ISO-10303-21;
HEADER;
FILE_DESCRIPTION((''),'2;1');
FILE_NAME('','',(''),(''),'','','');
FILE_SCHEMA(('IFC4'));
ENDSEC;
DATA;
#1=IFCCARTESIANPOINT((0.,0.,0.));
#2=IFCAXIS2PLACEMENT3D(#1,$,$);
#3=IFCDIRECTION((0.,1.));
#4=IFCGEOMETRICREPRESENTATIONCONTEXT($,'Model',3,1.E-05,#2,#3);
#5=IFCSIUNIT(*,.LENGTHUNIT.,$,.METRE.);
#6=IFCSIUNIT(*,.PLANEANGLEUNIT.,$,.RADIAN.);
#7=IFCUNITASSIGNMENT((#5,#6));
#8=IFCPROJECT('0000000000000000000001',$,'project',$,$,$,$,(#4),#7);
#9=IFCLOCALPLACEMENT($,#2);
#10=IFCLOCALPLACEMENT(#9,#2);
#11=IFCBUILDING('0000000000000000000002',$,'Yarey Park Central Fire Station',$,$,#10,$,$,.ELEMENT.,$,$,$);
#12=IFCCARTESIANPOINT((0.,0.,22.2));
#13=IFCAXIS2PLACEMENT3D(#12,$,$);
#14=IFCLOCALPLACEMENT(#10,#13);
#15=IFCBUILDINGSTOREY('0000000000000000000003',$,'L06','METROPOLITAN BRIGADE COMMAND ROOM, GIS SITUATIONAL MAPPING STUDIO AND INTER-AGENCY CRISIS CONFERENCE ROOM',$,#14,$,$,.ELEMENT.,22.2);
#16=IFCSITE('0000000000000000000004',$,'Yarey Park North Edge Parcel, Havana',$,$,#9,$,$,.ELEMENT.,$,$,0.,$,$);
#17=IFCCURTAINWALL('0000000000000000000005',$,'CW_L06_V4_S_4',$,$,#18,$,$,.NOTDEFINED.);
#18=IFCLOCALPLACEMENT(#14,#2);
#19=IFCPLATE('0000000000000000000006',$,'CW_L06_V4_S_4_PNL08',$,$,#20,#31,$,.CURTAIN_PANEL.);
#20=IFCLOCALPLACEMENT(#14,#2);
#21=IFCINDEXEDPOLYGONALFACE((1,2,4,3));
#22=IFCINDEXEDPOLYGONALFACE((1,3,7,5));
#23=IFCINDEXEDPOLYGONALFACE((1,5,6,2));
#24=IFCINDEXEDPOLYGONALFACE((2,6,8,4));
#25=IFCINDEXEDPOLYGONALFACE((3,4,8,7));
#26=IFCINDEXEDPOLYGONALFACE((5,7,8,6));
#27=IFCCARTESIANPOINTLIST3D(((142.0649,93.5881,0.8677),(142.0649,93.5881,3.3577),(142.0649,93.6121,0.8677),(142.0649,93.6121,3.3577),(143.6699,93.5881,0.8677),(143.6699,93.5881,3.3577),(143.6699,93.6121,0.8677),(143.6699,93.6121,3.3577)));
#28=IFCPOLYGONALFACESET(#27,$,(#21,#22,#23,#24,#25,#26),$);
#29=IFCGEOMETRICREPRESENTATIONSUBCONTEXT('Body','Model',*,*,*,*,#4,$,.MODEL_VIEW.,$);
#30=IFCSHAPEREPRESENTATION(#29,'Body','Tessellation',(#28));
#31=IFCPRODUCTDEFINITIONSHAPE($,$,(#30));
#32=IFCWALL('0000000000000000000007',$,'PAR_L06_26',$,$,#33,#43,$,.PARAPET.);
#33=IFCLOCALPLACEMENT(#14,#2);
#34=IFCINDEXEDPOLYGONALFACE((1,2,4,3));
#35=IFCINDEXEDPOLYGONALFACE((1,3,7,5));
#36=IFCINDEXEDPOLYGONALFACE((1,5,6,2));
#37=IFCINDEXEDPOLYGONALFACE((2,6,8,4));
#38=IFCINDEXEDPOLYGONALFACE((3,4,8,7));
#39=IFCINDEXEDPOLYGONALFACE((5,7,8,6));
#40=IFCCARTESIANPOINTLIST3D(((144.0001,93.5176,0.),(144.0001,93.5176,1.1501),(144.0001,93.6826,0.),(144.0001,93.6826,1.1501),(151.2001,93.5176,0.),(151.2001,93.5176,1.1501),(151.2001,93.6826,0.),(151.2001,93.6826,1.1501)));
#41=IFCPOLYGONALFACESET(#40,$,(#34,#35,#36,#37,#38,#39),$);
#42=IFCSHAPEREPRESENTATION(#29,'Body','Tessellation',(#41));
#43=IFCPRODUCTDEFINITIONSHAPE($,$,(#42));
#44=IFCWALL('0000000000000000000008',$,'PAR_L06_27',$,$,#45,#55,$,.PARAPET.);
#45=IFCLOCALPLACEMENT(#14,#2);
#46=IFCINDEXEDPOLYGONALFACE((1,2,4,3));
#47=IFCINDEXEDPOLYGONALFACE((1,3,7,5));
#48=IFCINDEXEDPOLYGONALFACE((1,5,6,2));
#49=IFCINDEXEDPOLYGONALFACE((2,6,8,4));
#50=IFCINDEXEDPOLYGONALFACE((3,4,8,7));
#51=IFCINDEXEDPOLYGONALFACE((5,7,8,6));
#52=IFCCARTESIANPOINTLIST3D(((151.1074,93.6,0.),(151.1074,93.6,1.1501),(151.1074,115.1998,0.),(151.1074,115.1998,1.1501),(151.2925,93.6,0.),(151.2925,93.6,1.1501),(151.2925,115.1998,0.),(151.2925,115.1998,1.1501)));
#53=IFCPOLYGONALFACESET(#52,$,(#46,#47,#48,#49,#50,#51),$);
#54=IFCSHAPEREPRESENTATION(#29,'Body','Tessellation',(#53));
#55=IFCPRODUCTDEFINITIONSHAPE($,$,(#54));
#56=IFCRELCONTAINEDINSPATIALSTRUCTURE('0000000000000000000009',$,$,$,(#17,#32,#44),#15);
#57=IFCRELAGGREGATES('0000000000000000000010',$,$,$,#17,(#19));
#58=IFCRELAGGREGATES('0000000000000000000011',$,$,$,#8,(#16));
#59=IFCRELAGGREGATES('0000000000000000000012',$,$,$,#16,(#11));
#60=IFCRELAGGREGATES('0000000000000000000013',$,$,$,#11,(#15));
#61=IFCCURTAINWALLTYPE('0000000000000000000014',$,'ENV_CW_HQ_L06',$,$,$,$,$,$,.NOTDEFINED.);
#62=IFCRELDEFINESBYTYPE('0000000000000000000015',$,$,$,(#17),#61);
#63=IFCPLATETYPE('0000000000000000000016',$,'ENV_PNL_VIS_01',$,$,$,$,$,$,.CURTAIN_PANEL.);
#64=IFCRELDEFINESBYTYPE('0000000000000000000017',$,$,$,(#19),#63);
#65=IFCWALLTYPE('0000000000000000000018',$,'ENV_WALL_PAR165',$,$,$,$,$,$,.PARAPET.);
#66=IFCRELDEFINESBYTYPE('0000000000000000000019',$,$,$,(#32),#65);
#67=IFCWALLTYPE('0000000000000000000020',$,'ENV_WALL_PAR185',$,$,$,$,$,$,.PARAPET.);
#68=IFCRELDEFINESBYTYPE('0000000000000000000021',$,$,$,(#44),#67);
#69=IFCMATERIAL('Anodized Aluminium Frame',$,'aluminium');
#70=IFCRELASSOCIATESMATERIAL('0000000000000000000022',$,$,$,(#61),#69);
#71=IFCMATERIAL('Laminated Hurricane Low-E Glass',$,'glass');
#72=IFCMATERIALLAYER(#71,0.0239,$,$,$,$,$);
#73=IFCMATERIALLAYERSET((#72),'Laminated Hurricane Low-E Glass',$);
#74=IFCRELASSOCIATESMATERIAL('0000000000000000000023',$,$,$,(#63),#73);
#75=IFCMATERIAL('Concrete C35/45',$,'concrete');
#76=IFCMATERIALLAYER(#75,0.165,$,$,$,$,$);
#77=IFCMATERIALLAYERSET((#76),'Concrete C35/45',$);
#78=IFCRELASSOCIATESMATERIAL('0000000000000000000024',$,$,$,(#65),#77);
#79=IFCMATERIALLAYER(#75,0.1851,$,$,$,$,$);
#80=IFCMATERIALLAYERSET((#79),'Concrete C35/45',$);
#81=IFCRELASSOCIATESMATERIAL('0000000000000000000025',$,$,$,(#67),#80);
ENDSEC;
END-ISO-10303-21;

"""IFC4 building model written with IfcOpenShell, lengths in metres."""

from ifc_helpers import new_model, si_unit, direction, frame, frame_2d, origin, origin_2d, place, context, subcontext, project, spatial, rectangle, extrude, material, layer, layer_set, type_object, element, aggregate, save


model = new_model("IFC4")

# Units and contexts
model_context = context("Model", 3, precision=1e-05, world=origin(), true_north=direction((0.0, 1.0)))
body_context = subcontext(model_context, "Body", "Model", "MODEL_VIEW")
ifc_project = project(units=[si_unit("LENGTHUNIT", "METRE"), si_unit("PLANEANGLEUNIT", "RADIAN")], contexts=[model_context])

# Site, building, storey
site_placement = place(None, origin())
site = spatial("IfcSite", under=ifc_project, at=site_placement, Name="Yarey Park North Edge Parcel, Havana", CompositionType="ELEMENT", RefElevation=0.0)
building_placement = place(site_placement, origin())
building = spatial("IfcBuilding", under=site, at=building_placement, Name="Yarey Park Central Fire Station", CompositionType="ELEMENT")
storey_placement = place(building_placement, frame((0.0, 0.0, 22.2)))
storey = spatial("IfcBuildingStorey", under=building, at=storey_placement, Name="L06", Description="METROPOLITAN BRIGADE COMMAND ROOM, GIS SITUATIONAL MAPPING STUDIO AND INTER-AGENCY CRISIS CONFERENCE ROOM", CompositionType="ELEMENT", Elevation=22.2)

# Curtain wall
ifc_material_1 = material(Name="Anodized Aluminium Frame", Category="aluminium")
curtain_wall_type = type_object("IfcCurtainWallType", Name="ENV_CW_HQ_L06", PredefinedType="NOTDEFINED", material=ifc_material_1)
curtain_wall_1_placement = place(storey_placement, origin())
curtain_wall_1 = element("IfcCurtainWall", 1, at=curtain_wall_1_placement, inside=storey, type_object=curtain_wall_type, Name="CW_L06_V4_S_4", PredefinedType="NOTDEFINED")

# Plate
ifc_material_2 = material(Name="Laminated Hurricane Low-E Glass", Category="glass")
ifc_layer_1 = layer(ifc_material_2, 0.0239)
ifc_layer_set_1 = layer_set([ifc_layer_1], Name="Laminated Hurricane Low-E Glass")
plate_type_1 = type_object("IfcPlateType", Name="ENV_PNL_VIS_01", PredefinedType="CURTAIN_PANEL", material=ifc_layer_set_1)
plate_1_placement = place(storey_placement, frame((142.8674, 93.6001, 0.8677), z_axis=(0.0, 0.0, 1.0), x_axis=(1.0, 0.0, 0.0)))
plate_1 = element("IfcPlate", 2, at=plate_1_placement, type_object=plate_type_1, Name="CW_L06_V4_S_4_PNL08", PredefinedType="CURTAIN_PANEL", context=body_context, shape_type="SweptSolid", body=[
    extrude(rectangle(XDim=1.605, YDim=0.0239, at=origin_2d()), origin(), (0.0, 0.0, 1.0), 2.49),
])
aggregate(curtain_wall_1, [plate_1])

# Walls
ifc_material_3 = material(Name="Concrete C35/45", Category="concrete")
ifc_layer_2 = layer(ifc_material_3, 0.165)
ifc_layer_set_2 = layer_set([ifc_layer_2], Name="Concrete C35/45")
wall_type_1 = type_object("IfcWallType", Name="ENV_WALL_PAR165", PredefinedType="PARAPET", material=ifc_layer_set_2)
wall_1_placement = place(storey_placement, frame((144.0, 93.6001, 0.0), z_axis=(0.0, 0.0, 1.0), x_axis=(1.0, 0.0, 0.0)))
element("IfcWall", 3, at=wall_1_placement, inside=storey, type_object=wall_type_1, Name="PAR_L06_26", PredefinedType="PARAPET", context=body_context, shape_type="SweptSolid", body=[
    extrude(rectangle(XDim=7.2, YDim=0.165, at=frame_2d((3.6001, 0.0))), origin(), (0.0, 0.0, 1.0), 1.1501),
])
ifc_layer_3 = layer(ifc_material_3, 0.1851)
ifc_layer_set_3 = layer_set([ifc_layer_3], Name="Concrete C35/45")
wall_type_2 = type_object("IfcWallType", Name="ENV_WALL_PAR185", PredefinedType="PARAPET", material=ifc_layer_set_3)
wall_2_placement = place(storey_placement, frame((151.2, 93.6001, 0.0), z_axis=(0.0, 0.0, 1.0), x_axis=(0.0, 1.0, 0.0)))
element("IfcWall", 4, at=wall_2_placement, inside=storey, type_object=wall_type_2, Name="PAR_L06_27", PredefinedType="PARAPET", context=body_context, shape_type="SweptSolid", body=[
    extrude(rectangle(XDim=21.5999, YDim=0.1851, at=frame_2d((10.7998, 0.0))), origin(), (0.0, 0.0, 1.0), 1.1501),
])

save(model, "model.ifc")
